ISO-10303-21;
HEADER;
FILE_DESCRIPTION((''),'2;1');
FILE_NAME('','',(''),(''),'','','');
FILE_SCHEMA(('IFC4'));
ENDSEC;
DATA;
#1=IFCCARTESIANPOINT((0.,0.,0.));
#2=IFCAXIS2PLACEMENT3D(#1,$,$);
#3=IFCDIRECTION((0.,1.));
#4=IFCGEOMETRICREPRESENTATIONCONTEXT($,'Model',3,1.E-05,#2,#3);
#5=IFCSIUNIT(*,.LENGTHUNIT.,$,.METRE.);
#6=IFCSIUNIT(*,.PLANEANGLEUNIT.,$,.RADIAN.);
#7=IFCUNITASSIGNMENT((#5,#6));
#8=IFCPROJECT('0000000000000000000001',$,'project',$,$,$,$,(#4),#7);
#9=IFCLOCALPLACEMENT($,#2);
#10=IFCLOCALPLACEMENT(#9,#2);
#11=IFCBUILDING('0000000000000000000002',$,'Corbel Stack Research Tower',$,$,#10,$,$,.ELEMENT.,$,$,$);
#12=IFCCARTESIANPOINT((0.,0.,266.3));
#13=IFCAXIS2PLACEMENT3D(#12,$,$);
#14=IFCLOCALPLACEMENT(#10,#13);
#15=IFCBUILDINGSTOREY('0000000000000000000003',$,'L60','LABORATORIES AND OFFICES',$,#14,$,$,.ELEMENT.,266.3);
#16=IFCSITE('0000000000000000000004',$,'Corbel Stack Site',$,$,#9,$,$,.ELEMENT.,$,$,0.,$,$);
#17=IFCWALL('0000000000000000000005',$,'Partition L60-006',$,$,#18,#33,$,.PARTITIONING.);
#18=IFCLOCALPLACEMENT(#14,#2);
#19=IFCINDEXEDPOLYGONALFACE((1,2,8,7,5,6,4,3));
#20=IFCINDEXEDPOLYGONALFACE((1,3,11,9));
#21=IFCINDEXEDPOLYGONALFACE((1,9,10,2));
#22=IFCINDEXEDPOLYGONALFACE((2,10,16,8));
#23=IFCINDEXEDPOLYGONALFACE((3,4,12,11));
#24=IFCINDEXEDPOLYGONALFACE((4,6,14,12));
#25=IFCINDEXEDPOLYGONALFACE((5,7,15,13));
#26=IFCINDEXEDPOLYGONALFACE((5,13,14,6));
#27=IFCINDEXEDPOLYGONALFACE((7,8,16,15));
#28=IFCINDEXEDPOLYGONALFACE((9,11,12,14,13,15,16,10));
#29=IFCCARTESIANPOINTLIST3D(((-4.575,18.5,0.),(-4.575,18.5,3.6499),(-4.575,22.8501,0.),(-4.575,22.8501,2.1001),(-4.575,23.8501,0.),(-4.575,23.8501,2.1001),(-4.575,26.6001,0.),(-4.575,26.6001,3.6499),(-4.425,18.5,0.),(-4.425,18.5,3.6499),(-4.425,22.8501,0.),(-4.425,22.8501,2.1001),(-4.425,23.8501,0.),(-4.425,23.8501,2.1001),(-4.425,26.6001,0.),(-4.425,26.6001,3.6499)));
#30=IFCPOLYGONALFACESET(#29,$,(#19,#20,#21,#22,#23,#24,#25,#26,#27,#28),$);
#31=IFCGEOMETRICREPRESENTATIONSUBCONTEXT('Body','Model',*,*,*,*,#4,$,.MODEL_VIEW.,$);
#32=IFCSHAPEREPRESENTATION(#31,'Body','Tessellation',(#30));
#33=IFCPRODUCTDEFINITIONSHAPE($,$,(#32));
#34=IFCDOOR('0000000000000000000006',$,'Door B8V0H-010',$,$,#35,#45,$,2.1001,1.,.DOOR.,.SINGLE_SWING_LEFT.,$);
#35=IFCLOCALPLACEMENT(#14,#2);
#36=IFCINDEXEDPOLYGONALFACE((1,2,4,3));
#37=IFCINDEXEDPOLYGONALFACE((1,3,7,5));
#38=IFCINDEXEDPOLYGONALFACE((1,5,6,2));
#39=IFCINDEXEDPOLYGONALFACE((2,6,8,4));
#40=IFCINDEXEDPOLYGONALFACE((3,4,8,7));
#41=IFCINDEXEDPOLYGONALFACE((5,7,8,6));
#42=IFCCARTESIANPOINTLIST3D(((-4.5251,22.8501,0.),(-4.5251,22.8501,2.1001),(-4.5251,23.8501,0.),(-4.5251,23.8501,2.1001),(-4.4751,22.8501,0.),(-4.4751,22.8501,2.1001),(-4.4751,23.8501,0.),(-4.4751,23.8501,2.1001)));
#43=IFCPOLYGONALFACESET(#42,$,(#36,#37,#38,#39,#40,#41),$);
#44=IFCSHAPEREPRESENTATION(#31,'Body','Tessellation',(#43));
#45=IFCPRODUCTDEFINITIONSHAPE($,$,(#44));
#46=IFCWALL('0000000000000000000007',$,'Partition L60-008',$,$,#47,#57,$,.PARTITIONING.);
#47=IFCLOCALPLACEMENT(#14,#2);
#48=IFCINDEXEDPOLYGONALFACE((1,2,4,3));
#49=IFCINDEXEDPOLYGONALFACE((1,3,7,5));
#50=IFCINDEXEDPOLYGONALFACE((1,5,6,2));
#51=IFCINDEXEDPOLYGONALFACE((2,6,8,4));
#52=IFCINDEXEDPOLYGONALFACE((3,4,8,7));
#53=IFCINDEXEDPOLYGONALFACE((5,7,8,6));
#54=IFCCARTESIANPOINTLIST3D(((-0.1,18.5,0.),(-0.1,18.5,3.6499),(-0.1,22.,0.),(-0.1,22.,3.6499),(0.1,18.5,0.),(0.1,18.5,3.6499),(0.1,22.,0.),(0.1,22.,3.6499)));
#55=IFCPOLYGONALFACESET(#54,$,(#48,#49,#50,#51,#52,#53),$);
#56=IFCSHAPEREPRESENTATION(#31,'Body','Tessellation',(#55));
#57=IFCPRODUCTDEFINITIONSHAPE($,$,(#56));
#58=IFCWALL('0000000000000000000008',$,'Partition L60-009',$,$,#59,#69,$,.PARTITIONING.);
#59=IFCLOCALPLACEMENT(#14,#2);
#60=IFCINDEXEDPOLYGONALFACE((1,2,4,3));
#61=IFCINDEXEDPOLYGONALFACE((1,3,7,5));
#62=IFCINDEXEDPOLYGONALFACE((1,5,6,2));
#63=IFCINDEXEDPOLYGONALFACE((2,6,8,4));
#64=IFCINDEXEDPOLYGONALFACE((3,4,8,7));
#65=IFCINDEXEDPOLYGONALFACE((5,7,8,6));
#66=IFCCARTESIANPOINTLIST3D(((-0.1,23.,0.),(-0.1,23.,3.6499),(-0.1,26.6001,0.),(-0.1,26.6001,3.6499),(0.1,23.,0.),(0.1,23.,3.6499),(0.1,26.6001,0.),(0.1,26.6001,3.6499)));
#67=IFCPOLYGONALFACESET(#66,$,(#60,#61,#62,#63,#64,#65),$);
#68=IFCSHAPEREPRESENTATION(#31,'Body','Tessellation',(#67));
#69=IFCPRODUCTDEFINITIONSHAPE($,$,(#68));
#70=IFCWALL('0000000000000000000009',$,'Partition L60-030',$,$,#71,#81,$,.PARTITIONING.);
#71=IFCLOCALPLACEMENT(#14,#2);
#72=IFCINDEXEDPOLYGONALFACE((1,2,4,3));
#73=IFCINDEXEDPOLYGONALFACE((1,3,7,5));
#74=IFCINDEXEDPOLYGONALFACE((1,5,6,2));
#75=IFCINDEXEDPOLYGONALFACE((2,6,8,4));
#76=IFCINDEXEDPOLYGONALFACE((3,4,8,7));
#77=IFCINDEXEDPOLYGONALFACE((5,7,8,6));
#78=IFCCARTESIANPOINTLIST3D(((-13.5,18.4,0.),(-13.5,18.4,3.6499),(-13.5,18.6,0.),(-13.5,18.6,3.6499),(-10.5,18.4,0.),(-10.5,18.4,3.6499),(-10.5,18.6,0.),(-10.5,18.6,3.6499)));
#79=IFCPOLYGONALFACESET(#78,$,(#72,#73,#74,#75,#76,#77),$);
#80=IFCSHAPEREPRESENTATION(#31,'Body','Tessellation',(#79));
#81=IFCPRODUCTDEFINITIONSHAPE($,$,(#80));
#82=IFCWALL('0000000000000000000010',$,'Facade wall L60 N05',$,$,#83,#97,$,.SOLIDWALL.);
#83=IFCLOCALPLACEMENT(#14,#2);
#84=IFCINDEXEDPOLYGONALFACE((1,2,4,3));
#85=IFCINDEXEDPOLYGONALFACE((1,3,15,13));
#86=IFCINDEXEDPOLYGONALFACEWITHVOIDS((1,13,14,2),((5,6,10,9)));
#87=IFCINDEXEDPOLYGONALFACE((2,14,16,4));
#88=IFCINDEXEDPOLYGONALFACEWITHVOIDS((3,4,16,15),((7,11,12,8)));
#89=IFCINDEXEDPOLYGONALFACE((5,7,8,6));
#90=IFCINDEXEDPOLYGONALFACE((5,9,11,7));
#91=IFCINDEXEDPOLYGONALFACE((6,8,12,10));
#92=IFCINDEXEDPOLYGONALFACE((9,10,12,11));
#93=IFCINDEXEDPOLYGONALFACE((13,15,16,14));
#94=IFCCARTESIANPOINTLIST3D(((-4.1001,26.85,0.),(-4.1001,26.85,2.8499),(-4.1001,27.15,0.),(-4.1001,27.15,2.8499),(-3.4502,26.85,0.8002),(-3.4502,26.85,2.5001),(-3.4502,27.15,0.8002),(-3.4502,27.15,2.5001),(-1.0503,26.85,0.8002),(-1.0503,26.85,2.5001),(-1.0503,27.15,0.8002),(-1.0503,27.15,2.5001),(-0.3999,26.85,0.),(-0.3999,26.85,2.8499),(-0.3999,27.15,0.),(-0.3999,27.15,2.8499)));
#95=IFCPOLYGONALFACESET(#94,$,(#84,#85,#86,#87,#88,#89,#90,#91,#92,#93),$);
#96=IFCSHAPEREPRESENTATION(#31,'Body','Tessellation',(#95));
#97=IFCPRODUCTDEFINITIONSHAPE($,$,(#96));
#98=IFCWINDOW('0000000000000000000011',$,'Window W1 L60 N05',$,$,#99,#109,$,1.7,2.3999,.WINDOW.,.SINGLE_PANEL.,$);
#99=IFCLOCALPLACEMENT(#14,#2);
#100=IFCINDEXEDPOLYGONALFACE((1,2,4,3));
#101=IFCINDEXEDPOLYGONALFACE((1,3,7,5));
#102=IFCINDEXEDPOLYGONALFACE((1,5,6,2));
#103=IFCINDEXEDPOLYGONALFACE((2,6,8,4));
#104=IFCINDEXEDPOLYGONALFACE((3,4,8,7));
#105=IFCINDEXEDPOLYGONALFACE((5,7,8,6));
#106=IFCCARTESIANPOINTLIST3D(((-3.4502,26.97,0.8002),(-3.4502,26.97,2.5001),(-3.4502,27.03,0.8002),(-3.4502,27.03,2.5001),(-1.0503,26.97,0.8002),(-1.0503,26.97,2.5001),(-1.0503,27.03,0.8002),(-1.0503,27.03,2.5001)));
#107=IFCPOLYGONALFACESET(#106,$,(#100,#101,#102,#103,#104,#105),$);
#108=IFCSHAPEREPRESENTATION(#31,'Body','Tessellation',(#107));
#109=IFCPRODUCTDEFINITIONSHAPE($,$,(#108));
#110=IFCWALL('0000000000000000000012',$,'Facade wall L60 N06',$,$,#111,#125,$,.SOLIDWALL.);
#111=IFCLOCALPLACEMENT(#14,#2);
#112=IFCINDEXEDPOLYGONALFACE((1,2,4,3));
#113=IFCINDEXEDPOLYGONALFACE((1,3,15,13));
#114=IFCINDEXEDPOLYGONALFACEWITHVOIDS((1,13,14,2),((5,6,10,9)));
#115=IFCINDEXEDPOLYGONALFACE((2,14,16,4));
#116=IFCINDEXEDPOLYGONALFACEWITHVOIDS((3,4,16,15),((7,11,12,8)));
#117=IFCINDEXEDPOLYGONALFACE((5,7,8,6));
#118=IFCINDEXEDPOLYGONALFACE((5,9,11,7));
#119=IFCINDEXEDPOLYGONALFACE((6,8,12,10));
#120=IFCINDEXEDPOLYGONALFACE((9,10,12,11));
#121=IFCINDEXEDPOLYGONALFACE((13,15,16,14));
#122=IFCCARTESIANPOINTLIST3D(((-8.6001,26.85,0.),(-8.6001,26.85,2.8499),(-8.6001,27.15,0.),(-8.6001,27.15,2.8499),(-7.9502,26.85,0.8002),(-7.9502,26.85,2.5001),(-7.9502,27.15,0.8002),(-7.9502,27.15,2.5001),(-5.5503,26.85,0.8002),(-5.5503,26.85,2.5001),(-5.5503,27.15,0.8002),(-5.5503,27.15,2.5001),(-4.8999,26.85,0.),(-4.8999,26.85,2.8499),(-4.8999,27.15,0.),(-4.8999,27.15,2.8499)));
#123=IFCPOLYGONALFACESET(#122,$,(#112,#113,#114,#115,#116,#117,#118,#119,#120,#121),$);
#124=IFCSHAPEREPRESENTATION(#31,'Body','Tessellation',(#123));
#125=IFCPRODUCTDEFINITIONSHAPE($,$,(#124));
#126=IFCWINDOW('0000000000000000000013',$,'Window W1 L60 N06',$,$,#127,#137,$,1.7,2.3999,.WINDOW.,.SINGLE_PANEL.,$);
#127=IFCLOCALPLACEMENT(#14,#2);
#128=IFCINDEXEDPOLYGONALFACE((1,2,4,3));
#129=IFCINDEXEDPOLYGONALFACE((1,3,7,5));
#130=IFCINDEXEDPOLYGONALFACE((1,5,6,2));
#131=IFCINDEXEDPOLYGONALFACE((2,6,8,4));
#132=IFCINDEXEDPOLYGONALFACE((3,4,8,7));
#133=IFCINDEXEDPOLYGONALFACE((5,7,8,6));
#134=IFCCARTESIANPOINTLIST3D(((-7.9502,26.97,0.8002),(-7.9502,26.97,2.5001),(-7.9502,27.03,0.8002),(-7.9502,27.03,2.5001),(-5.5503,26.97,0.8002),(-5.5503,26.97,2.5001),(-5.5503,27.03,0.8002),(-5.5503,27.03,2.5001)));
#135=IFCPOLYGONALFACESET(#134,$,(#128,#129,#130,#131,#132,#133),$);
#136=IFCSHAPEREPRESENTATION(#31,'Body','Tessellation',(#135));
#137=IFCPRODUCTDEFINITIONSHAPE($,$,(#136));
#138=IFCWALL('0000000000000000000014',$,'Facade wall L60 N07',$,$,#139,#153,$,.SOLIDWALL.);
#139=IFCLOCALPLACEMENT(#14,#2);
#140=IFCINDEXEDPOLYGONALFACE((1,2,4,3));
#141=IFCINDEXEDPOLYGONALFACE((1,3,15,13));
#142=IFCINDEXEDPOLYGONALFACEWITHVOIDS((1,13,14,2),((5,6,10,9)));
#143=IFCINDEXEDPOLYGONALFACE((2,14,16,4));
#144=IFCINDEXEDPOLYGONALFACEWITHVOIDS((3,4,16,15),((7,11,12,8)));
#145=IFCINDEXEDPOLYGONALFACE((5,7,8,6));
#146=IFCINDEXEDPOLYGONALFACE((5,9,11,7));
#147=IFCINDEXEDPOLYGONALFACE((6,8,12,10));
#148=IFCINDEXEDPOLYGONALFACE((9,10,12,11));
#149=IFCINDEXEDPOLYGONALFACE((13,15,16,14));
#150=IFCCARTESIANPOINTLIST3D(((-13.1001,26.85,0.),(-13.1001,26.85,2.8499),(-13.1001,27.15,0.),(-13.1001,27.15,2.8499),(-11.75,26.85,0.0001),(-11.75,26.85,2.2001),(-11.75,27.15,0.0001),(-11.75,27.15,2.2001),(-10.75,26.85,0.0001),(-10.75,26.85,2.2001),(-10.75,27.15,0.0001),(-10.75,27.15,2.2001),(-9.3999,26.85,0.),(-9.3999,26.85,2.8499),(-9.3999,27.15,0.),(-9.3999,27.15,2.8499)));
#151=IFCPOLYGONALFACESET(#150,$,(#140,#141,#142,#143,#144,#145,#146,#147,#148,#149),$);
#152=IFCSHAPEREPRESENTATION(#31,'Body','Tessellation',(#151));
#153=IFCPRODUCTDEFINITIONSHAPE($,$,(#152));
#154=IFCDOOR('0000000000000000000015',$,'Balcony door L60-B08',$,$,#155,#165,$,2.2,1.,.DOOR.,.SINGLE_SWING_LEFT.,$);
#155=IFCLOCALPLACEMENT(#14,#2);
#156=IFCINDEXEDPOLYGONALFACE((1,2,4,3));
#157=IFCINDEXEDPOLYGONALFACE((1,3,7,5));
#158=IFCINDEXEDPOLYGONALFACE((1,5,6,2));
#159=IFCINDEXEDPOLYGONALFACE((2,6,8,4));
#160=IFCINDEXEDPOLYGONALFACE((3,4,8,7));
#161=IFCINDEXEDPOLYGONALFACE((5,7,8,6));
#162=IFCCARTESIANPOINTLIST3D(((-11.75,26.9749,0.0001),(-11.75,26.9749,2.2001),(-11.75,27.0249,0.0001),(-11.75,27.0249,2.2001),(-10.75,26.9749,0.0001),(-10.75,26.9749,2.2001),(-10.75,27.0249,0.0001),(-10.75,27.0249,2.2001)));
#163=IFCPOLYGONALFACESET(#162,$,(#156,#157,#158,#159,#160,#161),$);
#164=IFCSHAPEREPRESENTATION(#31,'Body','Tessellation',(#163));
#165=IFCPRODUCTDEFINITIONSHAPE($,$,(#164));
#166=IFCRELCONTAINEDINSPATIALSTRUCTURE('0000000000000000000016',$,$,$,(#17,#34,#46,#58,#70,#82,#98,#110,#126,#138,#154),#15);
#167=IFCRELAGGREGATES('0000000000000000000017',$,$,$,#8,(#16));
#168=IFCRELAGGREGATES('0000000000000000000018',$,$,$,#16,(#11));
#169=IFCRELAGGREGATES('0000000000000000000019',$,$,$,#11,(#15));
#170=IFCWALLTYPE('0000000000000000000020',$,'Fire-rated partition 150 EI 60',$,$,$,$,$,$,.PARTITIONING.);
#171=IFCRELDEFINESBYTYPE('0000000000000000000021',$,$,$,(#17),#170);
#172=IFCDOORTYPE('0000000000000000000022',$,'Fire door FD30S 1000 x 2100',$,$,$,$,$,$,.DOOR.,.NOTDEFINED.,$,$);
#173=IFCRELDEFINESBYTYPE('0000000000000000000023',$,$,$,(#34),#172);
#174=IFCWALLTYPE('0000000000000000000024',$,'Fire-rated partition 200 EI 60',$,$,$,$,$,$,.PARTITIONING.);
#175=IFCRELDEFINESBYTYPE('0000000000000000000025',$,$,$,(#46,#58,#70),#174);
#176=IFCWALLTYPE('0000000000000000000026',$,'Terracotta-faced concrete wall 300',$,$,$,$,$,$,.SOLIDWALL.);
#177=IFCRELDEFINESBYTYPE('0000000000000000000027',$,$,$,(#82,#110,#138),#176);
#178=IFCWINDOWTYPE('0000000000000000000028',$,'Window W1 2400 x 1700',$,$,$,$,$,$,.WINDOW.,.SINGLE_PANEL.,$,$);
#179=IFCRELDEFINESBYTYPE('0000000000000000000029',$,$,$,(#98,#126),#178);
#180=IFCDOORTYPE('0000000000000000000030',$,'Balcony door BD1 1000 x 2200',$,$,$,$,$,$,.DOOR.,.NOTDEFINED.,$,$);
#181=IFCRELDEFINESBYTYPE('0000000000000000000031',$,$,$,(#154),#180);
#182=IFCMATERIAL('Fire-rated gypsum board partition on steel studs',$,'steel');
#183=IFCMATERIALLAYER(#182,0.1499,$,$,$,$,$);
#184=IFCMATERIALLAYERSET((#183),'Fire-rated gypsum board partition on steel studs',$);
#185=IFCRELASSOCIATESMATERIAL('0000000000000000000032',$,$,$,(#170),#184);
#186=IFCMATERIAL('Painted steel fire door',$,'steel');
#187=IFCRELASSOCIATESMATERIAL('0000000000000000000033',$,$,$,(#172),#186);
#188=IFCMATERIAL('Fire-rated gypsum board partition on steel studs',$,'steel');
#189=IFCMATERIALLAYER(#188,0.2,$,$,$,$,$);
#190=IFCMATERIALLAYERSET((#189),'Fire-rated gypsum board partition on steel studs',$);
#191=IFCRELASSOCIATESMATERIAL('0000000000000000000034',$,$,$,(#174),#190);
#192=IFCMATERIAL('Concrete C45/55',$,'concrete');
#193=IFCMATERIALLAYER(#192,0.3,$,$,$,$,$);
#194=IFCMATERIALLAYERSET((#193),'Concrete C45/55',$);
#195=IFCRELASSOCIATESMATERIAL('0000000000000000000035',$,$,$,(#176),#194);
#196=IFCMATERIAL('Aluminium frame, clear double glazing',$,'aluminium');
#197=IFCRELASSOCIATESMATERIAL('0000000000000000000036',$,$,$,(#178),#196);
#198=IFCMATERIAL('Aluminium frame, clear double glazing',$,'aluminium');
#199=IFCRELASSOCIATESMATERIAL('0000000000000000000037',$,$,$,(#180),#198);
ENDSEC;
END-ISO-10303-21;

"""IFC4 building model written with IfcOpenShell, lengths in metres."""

from ifc_helpers import new_model, si_unit, direction, frame, frame_2d, origin, place, context, subcontext, project, spatial, rectangle, extrude, material, layer, layer_set, type_object, element, fill, save


model = new_model("IFC4")

# Units and contexts
model_context = context("Model", 3, precision=1e-05, world=origin(), true_north=direction((0.0, 1.0)))
body_context = subcontext(model_context, "Body", "Model", "MODEL_VIEW")
ifc_project = project(units=[si_unit("LENGTHUNIT", "METRE"), si_unit("PLANEANGLEUNIT", "RADIAN")], contexts=[model_context])

# Site, building, storey
site_placement = place(None, origin())
site = spatial("IfcSite", under=ifc_project, at=site_placement, Name="Corbel Stack Site", CompositionType="ELEMENT", RefElevation=0.0)
building_placement = place(site_placement, origin())
building = spatial("IfcBuilding", under=site, at=building_placement, Name="Corbel Stack Research Tower", CompositionType="ELEMENT")
storey_placement = place(building_placement, frame((0.0, 0.0, 266.3)))
storey = spatial("IfcBuildingStorey", under=building, at=storey_placement, Name="L60", Description="LABORATORIES AND OFFICES", CompositionType="ELEMENT", Elevation=266.3)

# Wall, opening, door
ifc_material_1 = material(Name="Fire-rated gypsum board partition on steel studs", Category="steel")
ifc_layer_1 = layer(ifc_material_1, 0.1499)
ifc_layer_set_1 = layer_set([ifc_layer_1], Name="Fire-rated gypsum board partition on steel studs")
wall_type_1 = type_object("IfcWallType", Name="Fire-rated partition 150 EI 60", PredefinedType="PARTITIONING", material=ifc_layer_set_1)
ifc_material_2 = material(Name="Painted steel fire door", Category="steel")
door_type_1 = type_object("IfcDoorType", Name="Fire door FD30S 1000 x 2100", OperationType="NOTDEFINED", PredefinedType="DOOR", material=ifc_material_2)
wall_1_placement = place(storey_placement, frame((-4.5, 26.6001, 0.0), z_axis=(0.0, 0.0, 1.0), x_axis=(0.0, -1.0, 0.0)))
wall_1 = element("IfcWall", 1, at=wall_1_placement, inside=storey, type_object=wall_type_1, Name="Partition L60-006", PredefinedType="PARTITIONING", context=body_context, shape_type="SweptSolid", body=[
    extrude(rectangle(XDim=8.1001, YDim=0.1499, at=frame_2d((4.05, 0.0))), origin(), (0.0, 0.0, 1.0), 3.6499),
])
opening_1_placement = place(wall_1_placement, frame((2.75, 0.0, 0.0)))
opening_1 = element("IfcOpeningElement", 2, at=opening_1_placement, cuts=wall_1, PredefinedType="OPENING", context=body_context, shape_type="SweptSolid", body=[
    extrude(rectangle(XDim=1.0, YDim=2.1001, at=frame_2d((0.5, 1.05))), frame((0.0, 0.085, 0.0), z_axis=(0.0, -1.0, 0.0), x_axis=(1.0, 0.0, 0.0)), (0.0, 0.0, 1.0), 0.1699),
])
door_1_placement = place(opening_1_placement, origin())
door_1 = element("IfcDoor", 3, at=door_1_placement, inside=storey, type_object=door_type_1, Name="Door B8V0H-010", OperationType="SINGLE_SWING_LEFT", OverallHeight=2.1001, OverallWidth=1.0, PredefinedType="DOOR", context=body_context, shape_type="SweptSolid", body=[
    extrude(rectangle(XDim=1.0, YDim=2.1001, at=frame_2d((0.5, 1.05))), frame((0.0, 0.0249, 0.0), z_axis=(0.0, -1.0, 0.0), x_axis=(1.0, 0.0, 0.0)), (0.0, 0.0, 1.0), 0.05),
])
fill(opening_1, door_1)

# Walls
ifc_material_3 = material(Name="Fire-rated gypsum board partition on steel studs", Category="steel")
ifc_layer_2 = layer(ifc_material_3, 0.2)
ifc_layer_set_2 = layer_set([ifc_layer_2], Name="Fire-rated gypsum board partition on steel studs")
wall_type_2 = type_object("IfcWallType", Name="Fire-rated partition 200 EI 60", PredefinedType="PARTITIONING", material=ifc_layer_set_2)
wall_2_placement = place(storey_placement, frame((0.0, 18.5, 0.0), z_axis=(0.0, 0.0, 1.0), x_axis=(0.0, 1.0, 0.0)))
element("IfcWall", 4, at=wall_2_placement, inside=storey, type_object=wall_type_2, Name="Partition L60-008", PredefinedType="PARTITIONING", context=body_context, shape_type="SweptSolid", body=[
    extrude(rectangle(XDim=3.5, YDim=0.2, at=frame_2d((1.75, 0.0))), origin(), (0.0, 0.0, 1.0), 3.6499),
])
wall_3_placement = place(storey_placement, frame((0.0, 23.0, 0.0), z_axis=(0.0, 0.0, 1.0), x_axis=(0.0, 1.0, 0.0)))
element("IfcWall", 5, at=wall_3_placement, inside=storey, type_object=wall_type_2, Name="Partition L60-009", PredefinedType="PARTITIONING", context=body_context, shape_type="SweptSolid", body=[
    extrude(rectangle(XDim=3.6001, YDim=0.2, at=frame_2d((1.8, 0.0))), origin(), (0.0, 0.0, 1.0), 3.6499),
])
wall_4_placement = place(storey_placement, frame((-13.5, 18.5, 0.0), z_axis=(0.0, 0.0, 1.0), x_axis=(1.0, 0.0, 0.0)))
element("IfcWall", 6, at=wall_4_placement, inside=storey, type_object=wall_type_2, Name="Partition L60-030", PredefinedType="PARTITIONING", context=body_context, shape_type="SweptSolid", body=[
    extrude(rectangle(XDim=3.0, YDim=0.2, at=frame_2d((1.5, 0.0))), origin(), (0.0, 0.0, 1.0), 3.6499),
])

# Walls, openings, windows
ifc_material_4 = material(Name="Concrete C45/55", Category="concrete")
ifc_layer_3 = layer(ifc_material_4, 0.3)
ifc_layer_set_3 = layer_set([ifc_layer_3], Name="Concrete C45/55")
wall_type_3 = type_object("IfcWallType", Name="Terracotta-faced concrete wall 300", PredefinedType="SOLIDWALL", material=ifc_layer_set_3)
wall_5_placement = place(storey_placement, frame((-4.1001, 27.0, 0.0), z_axis=(0.0, 0.0, 1.0), x_axis=(1.0, 0.0, 0.0)))
wall_5 = element("IfcWall", 7, at=wall_5_placement, inside=storey, type_object=wall_type_3, Name="Facade wall L60 N05", PredefinedType="SOLIDWALL", context=body_context, shape_type="SweptSolid", body=[
    extrude(rectangle(XDim=3.7002, YDim=0.3, at=frame_2d((1.8501, 0.0))), origin(), (0.0, 0.0, 1.0), 2.8499),
])
opening_2_placement = place(wall_5_placement, frame((0.6499, 0.0, 0.8)))
opening_2 = element("IfcOpeningElement", 8, at=opening_2_placement, cuts=wall_5, PredefinedType="OPENING", context=body_context, shape_type="SweptSolid", body=[
    extrude(rectangle(XDim=2.3999, YDim=1.7, at=frame_2d((1.2, 0.8501))), frame((0.0, 0.1599, 0.0), z_axis=(0.0, -1.0, 0.0), x_axis=(1.0, 0.0, 0.0)), (0.0, 0.0, 1.0), 0.3201),
])
ifc_material_5 = material(Name="Aluminium frame, clear double glazing", Category="aluminium")
window_type = type_object("IfcWindowType", Name="Window W1 2400 x 1700", PartitioningType="SINGLE_PANEL", PredefinedType="WINDOW", material=ifc_material_5)
window_1_placement = place(opening_2_placement, origin())
window_1 = element("IfcWindow", 9, at=window_1_placement, inside=storey, type_object=window_type, Name="Window W1 L60 N05", OverallHeight=1.7, OverallWidth=2.3999, PartitioningType="SINGLE_PANEL", PredefinedType="WINDOW", context=body_context, shape_type="SweptSolid", body=[
    extrude(rectangle(XDim=2.3999, YDim=1.7, at=frame_2d((1.2, 0.8501))), frame((0.0, 0.03, 0.0), z_axis=(0.0, -1.0, 0.0), x_axis=(1.0, 0.0, 0.0)), (0.0, 0.0, 1.0), 0.0601),
])
fill(opening_2, window_1)
wall_6_placement = place(storey_placement, frame((-8.6001, 27.0, 0.0), z_axis=(0.0, 0.0, 1.0), x_axis=(1.0, 0.0, 0.0)))
wall_6 = element("IfcWall", 10, at=wall_6_placement, inside=storey, type_object=wall_type_3, Name="Facade wall L60 N06", PredefinedType="SOLIDWALL", context=body_context, shape_type="SweptSolid", body=[
    extrude(rectangle(XDim=3.7002, YDim=0.3, at=frame_2d((1.8501, 0.0))), origin(), (0.0, 0.0, 1.0), 2.8499),
])
opening_3_placement = place(wall_6_placement, frame((0.6499, 0.0, 0.8)))
opening_3 = element("IfcOpeningElement", 11, at=opening_3_placement, cuts=wall_6, PredefinedType="OPENING", context=body_context, shape_type="SweptSolid", body=[
    extrude(rectangle(XDim=2.3999, YDim=1.7, at=frame_2d((1.2, 0.8501))), frame((0.0, 0.1599, 0.0), z_axis=(0.0, -1.0, 0.0), x_axis=(1.0, 0.0, 0.0)), (0.0, 0.0, 1.0), 0.3201),
])
window_2_placement = place(opening_3_placement, origin())
window_2 = element("IfcWindow", 12, at=window_2_placement, inside=storey, type_object=window_type, Name="Window W1 L60 N06", OverallHeight=1.7, OverallWidth=2.3999, PartitioningType="SINGLE_PANEL", PredefinedType="WINDOW", context=body_context, shape_type="SweptSolid", body=[
    extrude(rectangle(XDim=2.3999, YDim=1.7, at=frame_2d((1.2, 0.8501))), frame((0.0, 0.03, 0.0), z_axis=(0.0, -1.0, 0.0), x_axis=(1.0, 0.0, 0.0)), (0.0, 0.0, 1.0), 0.0601),
])
fill(opening_3, window_2)

# Wall, opening, door
wall_7_placement = place(storey_placement, frame((-13.1001, 27.0, 0.0), z_axis=(0.0, 0.0, 1.0), x_axis=(1.0, 0.0, 0.0)))
wall_7 = element("IfcWall", 13, at=wall_7_placement, inside=storey, type_object=wall_type_3, Name="Facade wall L60 N07", PredefinedType="SOLIDWALL", context=body_context, shape_type="SweptSolid", body=[
    extrude(rectangle(XDim=3.7002, YDim=0.3, at=frame_2d((1.8501, 0.0))), origin(), (0.0, 0.0, 1.0), 2.8499),
])
opening_4_placement = place(wall_7_placement, frame((1.3501, 0.0, 0.0)))
opening_4 = element("IfcOpeningElement", 14, at=opening_4_placement, cuts=wall_7, PredefinedType="OPENING", context=body_context, shape_type="SweptSolid", body=[
    extrude(rectangle(XDim=1.0, YDim=2.2, at=frame_2d((0.5, 1.1001))), frame((0.0, 0.1599, 0.0), z_axis=(0.0, -1.0, 0.0), x_axis=(1.0, 0.0, 0.0)), (0.0, 0.0, 1.0), 0.3201),
])
ifc_material_6 = material(Name="Aluminium frame, clear double glazing", Category="aluminium")
door_type_2 = type_object("IfcDoorType", Name="Balcony door BD1 1000 x 2200", OperationType="NOTDEFINED", PredefinedType="DOOR", material=ifc_material_6)
door_2_placement = place(opening_4_placement, origin())
door_2 = element("IfcDoor", 15, at=door_2_placement, inside=storey, type_object=door_type_2, Name="Balcony door L60-B08", OperationType="SINGLE_SWING_LEFT", OverallHeight=2.2, OverallWidth=1.0, PredefinedType="DOOR", context=body_context, shape_type="SweptSolid", body=[
    extrude(rectangle(XDim=1.0, YDim=2.2, at=frame_2d((0.5, 1.1001))), frame((0.0, 0.0249, 0.0), z_axis=(0.0, -1.0, 0.0), x_axis=(1.0, 0.0, 0.0)), (0.0, 0.0, 1.0), 0.05),
])
fill(opening_4, door_2)

save(model, "model.ifc")
